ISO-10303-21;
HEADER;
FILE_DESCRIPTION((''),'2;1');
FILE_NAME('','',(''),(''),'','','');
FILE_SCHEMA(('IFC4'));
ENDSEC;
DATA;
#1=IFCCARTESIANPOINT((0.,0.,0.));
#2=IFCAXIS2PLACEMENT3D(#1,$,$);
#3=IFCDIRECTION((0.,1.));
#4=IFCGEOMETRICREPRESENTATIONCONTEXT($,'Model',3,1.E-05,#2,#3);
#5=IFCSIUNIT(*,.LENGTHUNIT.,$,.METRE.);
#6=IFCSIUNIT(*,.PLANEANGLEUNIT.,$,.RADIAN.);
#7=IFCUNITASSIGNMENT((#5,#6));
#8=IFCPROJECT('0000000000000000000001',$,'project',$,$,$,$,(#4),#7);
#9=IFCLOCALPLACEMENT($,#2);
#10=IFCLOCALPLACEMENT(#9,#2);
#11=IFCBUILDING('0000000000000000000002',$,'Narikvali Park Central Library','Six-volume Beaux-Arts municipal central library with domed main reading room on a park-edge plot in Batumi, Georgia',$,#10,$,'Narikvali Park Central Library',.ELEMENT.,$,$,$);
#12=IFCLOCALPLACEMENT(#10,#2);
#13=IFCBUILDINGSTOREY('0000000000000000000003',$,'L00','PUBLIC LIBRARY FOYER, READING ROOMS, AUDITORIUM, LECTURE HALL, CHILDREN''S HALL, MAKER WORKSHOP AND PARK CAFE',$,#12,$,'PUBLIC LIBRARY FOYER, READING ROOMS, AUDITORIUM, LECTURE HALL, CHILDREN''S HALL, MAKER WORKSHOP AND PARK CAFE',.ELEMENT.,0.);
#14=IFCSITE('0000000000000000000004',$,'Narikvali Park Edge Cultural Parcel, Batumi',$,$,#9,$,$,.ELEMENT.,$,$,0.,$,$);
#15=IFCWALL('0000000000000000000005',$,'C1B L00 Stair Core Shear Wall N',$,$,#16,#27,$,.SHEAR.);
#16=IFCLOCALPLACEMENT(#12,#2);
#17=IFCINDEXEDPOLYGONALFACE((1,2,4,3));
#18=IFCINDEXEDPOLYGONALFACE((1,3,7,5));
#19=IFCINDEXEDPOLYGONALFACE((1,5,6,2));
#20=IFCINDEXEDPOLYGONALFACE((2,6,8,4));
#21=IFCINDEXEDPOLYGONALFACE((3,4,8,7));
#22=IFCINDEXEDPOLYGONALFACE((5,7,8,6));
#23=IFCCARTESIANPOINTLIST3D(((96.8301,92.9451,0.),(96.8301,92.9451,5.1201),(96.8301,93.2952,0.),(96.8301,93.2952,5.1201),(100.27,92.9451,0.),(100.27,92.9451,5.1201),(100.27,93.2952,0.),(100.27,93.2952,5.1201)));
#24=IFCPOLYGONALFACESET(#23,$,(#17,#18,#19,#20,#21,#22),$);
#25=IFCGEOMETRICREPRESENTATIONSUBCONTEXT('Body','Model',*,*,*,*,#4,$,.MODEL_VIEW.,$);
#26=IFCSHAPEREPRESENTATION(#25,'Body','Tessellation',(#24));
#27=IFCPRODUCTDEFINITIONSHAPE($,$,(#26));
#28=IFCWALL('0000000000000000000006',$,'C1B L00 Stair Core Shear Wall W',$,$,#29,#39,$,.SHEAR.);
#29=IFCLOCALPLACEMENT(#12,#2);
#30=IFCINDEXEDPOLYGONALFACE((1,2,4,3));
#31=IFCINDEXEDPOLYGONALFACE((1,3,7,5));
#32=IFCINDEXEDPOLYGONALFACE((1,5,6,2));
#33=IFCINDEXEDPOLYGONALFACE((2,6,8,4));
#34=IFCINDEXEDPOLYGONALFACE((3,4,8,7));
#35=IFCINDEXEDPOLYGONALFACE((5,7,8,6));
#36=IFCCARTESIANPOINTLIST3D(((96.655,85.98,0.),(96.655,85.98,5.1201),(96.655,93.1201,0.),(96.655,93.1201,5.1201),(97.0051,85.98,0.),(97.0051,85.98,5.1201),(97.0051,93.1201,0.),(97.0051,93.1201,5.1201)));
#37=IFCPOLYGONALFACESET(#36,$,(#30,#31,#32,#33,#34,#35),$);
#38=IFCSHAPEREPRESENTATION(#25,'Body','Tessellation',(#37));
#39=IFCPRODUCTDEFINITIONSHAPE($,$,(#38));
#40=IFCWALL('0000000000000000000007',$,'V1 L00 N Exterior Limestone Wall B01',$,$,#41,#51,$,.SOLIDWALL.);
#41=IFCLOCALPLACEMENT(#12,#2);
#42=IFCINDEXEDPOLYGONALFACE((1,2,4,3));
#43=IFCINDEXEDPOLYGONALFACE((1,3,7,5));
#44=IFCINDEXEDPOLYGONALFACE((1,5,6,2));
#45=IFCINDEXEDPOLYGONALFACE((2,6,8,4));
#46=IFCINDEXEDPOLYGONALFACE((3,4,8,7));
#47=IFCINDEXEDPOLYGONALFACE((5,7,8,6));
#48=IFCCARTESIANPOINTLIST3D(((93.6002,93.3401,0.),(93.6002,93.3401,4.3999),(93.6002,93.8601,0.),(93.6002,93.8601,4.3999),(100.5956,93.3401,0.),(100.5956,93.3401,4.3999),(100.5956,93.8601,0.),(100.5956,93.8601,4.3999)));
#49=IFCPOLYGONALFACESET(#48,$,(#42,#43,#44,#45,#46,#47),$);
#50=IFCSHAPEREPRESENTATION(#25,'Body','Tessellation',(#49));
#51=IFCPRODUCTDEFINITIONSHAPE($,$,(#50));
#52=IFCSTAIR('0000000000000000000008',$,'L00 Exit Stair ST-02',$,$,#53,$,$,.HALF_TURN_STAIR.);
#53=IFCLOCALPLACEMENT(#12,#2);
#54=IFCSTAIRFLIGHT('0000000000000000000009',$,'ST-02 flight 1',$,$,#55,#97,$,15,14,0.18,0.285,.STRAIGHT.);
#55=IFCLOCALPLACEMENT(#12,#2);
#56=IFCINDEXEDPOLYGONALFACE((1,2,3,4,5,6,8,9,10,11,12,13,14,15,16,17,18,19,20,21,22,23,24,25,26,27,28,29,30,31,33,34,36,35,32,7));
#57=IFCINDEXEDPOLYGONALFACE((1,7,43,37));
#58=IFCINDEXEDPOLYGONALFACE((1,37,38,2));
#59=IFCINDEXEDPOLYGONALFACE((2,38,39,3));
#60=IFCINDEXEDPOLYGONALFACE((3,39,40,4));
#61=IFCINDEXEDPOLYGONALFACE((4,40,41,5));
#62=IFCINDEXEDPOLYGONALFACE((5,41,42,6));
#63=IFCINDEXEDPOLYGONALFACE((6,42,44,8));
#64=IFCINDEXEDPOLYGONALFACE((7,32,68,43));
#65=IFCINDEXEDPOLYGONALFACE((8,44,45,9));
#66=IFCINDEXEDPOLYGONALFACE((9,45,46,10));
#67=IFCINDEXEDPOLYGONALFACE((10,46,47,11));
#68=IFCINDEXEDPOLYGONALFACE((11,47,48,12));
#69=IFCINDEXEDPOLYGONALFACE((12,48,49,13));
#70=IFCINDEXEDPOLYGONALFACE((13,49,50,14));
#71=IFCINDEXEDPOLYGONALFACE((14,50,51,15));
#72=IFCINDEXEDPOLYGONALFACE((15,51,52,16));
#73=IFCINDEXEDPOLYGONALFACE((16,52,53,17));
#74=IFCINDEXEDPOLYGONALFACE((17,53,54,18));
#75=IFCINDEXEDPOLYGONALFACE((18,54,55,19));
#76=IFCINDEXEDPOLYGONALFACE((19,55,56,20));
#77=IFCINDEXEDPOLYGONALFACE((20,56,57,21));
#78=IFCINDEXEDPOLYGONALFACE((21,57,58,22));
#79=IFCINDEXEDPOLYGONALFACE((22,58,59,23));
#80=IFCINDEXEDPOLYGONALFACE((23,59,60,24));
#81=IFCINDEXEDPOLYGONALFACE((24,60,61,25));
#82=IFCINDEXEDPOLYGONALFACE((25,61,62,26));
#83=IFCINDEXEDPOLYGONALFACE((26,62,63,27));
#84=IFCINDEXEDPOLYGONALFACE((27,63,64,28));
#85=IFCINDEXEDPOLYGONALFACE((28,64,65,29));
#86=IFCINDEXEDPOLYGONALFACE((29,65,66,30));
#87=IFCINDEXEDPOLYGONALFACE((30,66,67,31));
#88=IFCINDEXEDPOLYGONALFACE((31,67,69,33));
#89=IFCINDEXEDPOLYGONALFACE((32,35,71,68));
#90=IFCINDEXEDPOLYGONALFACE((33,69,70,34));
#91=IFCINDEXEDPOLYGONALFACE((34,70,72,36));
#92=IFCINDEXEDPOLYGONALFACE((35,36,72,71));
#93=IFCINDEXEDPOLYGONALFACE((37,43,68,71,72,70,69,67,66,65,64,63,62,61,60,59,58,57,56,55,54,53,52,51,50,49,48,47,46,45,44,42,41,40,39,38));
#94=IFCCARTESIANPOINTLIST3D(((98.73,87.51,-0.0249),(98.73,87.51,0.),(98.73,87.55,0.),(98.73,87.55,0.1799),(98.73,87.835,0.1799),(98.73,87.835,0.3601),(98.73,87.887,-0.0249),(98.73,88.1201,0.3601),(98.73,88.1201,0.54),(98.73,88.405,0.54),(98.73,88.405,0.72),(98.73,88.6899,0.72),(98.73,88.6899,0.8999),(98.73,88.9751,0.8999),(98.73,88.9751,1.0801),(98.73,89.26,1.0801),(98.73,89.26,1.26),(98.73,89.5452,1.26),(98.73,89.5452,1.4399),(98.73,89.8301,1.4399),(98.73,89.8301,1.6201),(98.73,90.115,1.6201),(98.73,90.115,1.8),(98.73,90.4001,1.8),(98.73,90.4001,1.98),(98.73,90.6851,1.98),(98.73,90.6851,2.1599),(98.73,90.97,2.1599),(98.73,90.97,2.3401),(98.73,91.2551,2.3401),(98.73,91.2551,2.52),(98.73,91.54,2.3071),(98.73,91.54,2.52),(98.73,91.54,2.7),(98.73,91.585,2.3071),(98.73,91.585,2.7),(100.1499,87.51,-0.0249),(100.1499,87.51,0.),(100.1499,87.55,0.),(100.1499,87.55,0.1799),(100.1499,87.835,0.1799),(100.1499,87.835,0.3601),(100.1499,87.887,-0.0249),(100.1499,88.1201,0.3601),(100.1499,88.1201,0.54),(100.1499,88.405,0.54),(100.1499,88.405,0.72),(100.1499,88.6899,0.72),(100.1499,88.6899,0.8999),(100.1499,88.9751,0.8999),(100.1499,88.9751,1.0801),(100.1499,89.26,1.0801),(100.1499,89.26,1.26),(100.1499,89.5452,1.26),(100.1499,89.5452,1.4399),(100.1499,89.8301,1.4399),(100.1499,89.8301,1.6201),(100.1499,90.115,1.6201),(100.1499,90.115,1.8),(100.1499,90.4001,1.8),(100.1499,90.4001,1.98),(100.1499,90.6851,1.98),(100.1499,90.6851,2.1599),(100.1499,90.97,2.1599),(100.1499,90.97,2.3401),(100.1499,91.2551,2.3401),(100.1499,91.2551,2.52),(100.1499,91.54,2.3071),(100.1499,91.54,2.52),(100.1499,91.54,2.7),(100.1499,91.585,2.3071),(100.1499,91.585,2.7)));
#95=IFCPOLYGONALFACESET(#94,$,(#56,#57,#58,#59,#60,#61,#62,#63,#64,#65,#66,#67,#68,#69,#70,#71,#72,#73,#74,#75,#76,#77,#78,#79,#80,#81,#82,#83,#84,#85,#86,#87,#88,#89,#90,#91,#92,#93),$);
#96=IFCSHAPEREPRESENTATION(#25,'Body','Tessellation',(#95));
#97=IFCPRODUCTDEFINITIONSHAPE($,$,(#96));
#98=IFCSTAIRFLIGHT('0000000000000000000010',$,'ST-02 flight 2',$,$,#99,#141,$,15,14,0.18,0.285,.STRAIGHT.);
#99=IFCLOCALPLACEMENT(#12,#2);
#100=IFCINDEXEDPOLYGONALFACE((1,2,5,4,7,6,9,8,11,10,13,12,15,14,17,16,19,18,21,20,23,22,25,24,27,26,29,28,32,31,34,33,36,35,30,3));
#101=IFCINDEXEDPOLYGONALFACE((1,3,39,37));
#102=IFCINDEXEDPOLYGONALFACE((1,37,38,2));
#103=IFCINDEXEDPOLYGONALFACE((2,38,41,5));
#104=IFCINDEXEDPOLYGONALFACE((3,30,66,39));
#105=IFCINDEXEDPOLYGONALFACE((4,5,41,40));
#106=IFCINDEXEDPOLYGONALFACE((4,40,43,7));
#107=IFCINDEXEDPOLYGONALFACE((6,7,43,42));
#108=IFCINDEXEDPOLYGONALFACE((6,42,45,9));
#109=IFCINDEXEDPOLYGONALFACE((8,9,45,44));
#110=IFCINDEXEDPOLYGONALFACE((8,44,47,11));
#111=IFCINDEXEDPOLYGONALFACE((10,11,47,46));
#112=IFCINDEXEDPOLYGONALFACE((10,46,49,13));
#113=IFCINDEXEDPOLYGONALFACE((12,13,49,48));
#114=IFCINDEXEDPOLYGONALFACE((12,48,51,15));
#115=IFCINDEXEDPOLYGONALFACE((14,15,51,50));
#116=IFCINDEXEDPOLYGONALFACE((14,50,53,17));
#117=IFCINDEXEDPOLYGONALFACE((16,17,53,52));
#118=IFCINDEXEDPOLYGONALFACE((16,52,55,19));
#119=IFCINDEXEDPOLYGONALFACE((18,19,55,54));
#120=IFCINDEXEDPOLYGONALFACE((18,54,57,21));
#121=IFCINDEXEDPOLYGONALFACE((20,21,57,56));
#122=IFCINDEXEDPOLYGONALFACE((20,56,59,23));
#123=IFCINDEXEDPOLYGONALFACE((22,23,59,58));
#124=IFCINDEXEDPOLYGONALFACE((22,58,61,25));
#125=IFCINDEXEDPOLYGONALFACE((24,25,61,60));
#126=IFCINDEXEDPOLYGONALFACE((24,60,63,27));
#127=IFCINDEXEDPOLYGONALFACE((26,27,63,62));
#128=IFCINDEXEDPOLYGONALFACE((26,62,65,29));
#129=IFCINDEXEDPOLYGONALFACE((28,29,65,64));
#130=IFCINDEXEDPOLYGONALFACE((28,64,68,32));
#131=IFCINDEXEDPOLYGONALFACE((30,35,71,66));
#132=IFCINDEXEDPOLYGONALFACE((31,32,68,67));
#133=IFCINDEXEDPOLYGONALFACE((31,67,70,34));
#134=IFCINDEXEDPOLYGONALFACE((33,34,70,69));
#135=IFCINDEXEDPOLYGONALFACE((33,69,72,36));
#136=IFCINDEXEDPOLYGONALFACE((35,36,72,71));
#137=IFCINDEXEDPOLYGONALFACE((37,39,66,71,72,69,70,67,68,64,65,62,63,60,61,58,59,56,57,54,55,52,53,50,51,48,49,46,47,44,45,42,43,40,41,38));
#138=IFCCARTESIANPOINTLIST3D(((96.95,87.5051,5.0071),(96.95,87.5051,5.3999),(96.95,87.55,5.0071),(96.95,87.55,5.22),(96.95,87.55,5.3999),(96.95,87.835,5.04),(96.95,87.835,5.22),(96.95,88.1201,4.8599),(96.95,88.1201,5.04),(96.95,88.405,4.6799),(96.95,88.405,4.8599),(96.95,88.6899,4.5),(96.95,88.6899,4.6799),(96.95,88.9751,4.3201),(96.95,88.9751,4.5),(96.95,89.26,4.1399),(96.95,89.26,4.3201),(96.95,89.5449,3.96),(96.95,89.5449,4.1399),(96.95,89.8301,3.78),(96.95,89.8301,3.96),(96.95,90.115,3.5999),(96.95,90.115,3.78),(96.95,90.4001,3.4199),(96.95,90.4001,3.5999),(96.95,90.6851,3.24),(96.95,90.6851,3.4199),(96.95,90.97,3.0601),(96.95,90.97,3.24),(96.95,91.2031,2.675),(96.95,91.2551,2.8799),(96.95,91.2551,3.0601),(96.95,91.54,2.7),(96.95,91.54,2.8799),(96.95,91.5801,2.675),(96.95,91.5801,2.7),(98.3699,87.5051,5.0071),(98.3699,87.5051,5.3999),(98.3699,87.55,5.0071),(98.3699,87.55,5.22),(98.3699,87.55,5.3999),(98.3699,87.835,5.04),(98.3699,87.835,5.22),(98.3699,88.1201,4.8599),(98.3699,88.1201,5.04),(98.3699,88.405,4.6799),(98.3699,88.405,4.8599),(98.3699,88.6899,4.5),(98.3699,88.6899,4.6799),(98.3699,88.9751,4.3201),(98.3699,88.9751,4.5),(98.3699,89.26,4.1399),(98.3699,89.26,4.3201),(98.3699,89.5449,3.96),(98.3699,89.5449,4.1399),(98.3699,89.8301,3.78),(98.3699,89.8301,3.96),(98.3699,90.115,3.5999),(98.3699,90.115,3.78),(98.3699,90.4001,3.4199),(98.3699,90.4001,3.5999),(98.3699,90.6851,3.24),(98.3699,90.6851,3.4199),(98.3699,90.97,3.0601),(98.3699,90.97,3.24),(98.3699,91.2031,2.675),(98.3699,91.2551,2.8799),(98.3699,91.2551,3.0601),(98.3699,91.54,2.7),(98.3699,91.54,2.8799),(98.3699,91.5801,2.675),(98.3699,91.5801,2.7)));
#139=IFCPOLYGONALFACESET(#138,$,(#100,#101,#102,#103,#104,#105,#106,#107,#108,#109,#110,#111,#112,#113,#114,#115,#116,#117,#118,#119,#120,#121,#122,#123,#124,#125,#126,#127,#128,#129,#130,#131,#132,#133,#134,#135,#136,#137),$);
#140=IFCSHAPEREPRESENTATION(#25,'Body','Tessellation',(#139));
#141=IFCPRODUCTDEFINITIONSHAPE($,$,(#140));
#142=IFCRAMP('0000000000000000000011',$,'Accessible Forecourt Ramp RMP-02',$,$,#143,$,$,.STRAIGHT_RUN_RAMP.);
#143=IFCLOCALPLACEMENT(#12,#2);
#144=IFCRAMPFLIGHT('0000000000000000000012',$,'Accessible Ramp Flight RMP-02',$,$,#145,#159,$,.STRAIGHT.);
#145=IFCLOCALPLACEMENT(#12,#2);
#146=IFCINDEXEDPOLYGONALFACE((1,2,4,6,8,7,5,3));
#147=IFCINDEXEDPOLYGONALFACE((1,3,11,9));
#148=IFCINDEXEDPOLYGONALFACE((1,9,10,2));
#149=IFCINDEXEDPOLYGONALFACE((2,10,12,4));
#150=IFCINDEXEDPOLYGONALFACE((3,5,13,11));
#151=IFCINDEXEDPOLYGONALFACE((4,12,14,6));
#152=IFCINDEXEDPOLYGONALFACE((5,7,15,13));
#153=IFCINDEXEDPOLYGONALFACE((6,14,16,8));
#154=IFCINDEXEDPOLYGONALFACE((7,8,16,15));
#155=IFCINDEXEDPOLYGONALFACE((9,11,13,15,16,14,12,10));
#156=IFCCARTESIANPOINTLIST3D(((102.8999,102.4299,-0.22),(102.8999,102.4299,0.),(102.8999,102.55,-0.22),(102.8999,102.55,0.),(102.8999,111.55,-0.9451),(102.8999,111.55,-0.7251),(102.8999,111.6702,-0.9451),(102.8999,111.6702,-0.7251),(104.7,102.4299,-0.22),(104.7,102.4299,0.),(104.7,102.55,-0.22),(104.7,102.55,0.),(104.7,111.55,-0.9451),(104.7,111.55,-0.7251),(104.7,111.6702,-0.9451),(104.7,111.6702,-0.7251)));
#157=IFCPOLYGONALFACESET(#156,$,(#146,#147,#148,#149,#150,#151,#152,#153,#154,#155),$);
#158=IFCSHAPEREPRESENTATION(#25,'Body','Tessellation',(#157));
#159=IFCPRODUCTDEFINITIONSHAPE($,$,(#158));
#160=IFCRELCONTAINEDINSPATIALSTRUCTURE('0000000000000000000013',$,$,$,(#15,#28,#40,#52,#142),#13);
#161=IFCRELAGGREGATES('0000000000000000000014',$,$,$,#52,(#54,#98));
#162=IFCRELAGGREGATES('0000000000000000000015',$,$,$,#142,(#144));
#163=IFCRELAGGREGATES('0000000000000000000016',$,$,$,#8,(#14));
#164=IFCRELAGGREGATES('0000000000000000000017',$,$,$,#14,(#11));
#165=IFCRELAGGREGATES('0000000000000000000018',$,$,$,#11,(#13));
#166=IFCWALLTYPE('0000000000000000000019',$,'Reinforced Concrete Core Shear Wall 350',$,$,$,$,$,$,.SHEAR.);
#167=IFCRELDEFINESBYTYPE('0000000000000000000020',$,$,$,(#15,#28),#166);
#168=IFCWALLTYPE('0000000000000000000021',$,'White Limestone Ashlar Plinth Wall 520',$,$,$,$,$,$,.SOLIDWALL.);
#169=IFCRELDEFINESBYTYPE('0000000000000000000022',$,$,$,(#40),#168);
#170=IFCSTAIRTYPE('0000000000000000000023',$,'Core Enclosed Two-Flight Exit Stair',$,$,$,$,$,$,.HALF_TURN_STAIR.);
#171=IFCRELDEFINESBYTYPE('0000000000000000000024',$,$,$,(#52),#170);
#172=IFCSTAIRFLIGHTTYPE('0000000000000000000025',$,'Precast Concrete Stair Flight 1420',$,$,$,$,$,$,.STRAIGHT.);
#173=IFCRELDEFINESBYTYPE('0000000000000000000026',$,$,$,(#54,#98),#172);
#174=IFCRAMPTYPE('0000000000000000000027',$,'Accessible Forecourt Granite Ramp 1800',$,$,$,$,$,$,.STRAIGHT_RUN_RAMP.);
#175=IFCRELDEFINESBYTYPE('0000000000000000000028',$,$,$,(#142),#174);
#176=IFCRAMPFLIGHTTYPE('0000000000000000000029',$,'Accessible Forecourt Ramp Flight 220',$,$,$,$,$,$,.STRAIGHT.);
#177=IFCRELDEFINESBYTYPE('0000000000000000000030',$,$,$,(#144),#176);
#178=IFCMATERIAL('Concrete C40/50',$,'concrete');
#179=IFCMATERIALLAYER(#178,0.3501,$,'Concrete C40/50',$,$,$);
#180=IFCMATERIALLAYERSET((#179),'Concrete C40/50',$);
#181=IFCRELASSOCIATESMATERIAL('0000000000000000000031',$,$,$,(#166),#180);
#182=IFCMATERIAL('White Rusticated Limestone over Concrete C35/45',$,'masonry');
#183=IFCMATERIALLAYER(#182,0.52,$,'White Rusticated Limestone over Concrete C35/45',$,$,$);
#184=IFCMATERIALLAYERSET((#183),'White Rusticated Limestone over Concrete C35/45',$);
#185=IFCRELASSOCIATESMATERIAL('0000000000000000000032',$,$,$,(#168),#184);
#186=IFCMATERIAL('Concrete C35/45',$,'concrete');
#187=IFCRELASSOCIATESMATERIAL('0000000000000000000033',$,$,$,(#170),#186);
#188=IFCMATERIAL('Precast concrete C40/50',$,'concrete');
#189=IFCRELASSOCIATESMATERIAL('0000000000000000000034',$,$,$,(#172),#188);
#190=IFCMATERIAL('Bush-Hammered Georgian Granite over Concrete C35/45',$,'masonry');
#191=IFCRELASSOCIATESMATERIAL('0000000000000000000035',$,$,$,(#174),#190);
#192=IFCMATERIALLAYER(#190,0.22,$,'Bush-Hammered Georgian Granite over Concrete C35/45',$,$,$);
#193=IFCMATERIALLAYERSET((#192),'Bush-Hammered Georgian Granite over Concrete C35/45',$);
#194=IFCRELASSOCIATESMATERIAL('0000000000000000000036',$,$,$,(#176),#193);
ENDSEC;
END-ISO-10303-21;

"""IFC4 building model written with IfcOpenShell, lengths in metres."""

from ifc_helpers import new_model, si_unit, direction, frame, frame_2d, origin, place, context, subcontext, project, spatial, polyline, rectangle, outline, extrude, material, layer, layer_set, type_object, element, aggregate, save


model = new_model("IFC4")

# Units and contexts
model_context = context("Model", 3, precision=1e-05, world=origin(), true_north=direction((0.0, 1.0)))
body_context = subcontext(model_context, "Body", "Model", "MODEL_VIEW")
ifc_project = project(units=[si_unit("LENGTHUNIT", "METRE"), si_unit("PLANEANGLEUNIT", "RADIAN")], contexts=[model_context])

# Site, building, storey
site_placement = place(None, origin())
site = spatial("IfcSite", under=ifc_project, at=site_placement, Name="Narikvali Park Edge Cultural Parcel, Batumi", CompositionType="ELEMENT", RefElevation=0.0)
building_placement = place(site_placement, origin())
building = spatial("IfcBuilding", under=site, at=building_placement, Name="Narikvali Park Central Library", Description="Six-volume Beaux-Arts municipal central library with domed main reading room on a park-edge plot in Batumi, Georgia", LongName="Narikvali Park Central Library", CompositionType="ELEMENT")
storey_placement = place(building_placement, origin())
storey = spatial("IfcBuildingStorey", under=building, at=storey_placement, Name="L00", Description="PUBLIC LIBRARY FOYER, READING ROOMS, AUDITORIUM, LECTURE HALL, CHILDREN'S HALL, MAKER WORKSHOP AND PARK CAFE", LongName="PUBLIC LIBRARY FOYER, READING ROOMS, AUDITORIUM, LECTURE HALL, CHILDREN'S HALL, MAKER WORKSHOP AND PARK CAFE", CompositionType="ELEMENT", Elevation=0.0)

# Walls
ifc_material_1 = material(Name="Concrete C40/50", Category="concrete")
ifc_layer_1 = layer(ifc_material_1, 0.3501, Name="Concrete C40/50")
ifc_layer_set_1 = layer_set([ifc_layer_1], Name="Concrete C40/50")
wall_type_1 = type_object("IfcWallType", Name="Reinforced Concrete Core Shear Wall 350", PredefinedType="SHEAR", material=ifc_layer_set_1)
wall_1_placement = place(storey_placement, frame((100.27, 93.1201, 0.0), z_axis=(0.0, 0.0, 1.0), x_axis=(-1.0, 0.0, 0.0)))
element("IfcWall", 1, at=wall_1_placement, inside=storey, type_object=wall_type_1, Name="C1B L00 Stair Core Shear Wall N", PredefinedType="SHEAR", context=body_context, shape_type="SweptSolid", body=[
    extrude(rectangle(XDim=3.4399, YDim=0.3501, at=frame_2d((1.72, 0.0))), origin(), (0.0, 0.0, 1.0), 5.1201),
])
wall_2_placement = place(storey_placement, frame((96.8301, 93.1201, 0.0), z_axis=(0.0, 0.0, 1.0), x_axis=(0.0, -1.0, 0.0)))
element("IfcWall", 2, at=wall_2_placement, inside=storey, type_object=wall_type_1, Name="C1B L00 Stair Core Shear Wall W", PredefinedType="SHEAR", context=body_context, shape_type="SweptSolid", body=[
    extrude(rectangle(XDim=7.1401, YDim=0.3501, at=frame_2d((3.5701, 0.0))), origin(), (0.0, 0.0, 1.0), 5.1201),
])
ifc_material_2 = material(Name="White Rusticated Limestone over Concrete C35/45", Category="masonry")
ifc_layer_2 = layer(ifc_material_2, 0.52, Name="White Rusticated Limestone over Concrete C35/45")
ifc_layer_set_2 = layer_set([ifc_layer_2], Name="White Rusticated Limestone over Concrete C35/45")
wall_type_2 = type_object("IfcWallType", Name="White Limestone Ashlar Plinth Wall 520", PredefinedType="SOLIDWALL", material=ifc_layer_set_2)
wall_3_placement = place(storey_placement, frame((100.5955, 93.6001, 0.0), z_axis=(0.0, 0.0, 1.0), x_axis=(-1.0, 0.0, 0.0)))
element("IfcWall", 3, at=wall_3_placement, inside=storey, type_object=wall_type_2, Name="V1 L00 N Exterior Limestone Wall B01", PredefinedType="SOLIDWALL", context=body_context, shape_type="SweptSolid", body=[
    extrude(rectangle(XDim=6.9954, YDim=0.52, at=frame_2d((3.4976, 0.0))), origin(), (0.0, 0.0, 1.0), 4.3999),
])

# Stair, stair flights
ifc_material_3 = material(Name="Concrete C35/45", Category="concrete")
stair_type = type_object("IfcStairType", Name="Core Enclosed Two-Flight Exit Stair", PredefinedType="HALF_TURN_STAIR", material=ifc_material_3)
stair_placement = place(storey_placement, origin())
stair = element("IfcStair", 4, at=stair_placement, inside=storey, type_object=stair_type, Name="L00 Exit Stair ST-02", PredefinedType="HALF_TURN_STAIR")
ifc_material_4 = material(Name="Precast concrete C40/50", Category="concrete")
stair_flight_type = type_object("IfcStairFlightType", Name="Precast Concrete Stair Flight 1420", PredefinedType="STRAIGHT", material=ifc_material_4)
stair_flight_1_placement = place(storey_placement, frame((99.4399, 87.55, 0.0), z_axis=(0.0, 0.0, 1.0), x_axis=(0.0, 1.0, 0.0)))
stair_flight_1 = element("IfcStairFlight", 5, at=stair_flight_1_placement, type_object=stair_flight_type, Name="ST-02 flight 1", NumberOfRisers=15, NumberOfTreads=14, PredefinedType="STRAIGHT", RiserHeight=0.18, TreadLength=0.285, context=body_context, shape_type="SweptSolid", body=[
    extrude(outline(polyline([(-0.04, -0.0249), (-0.04, 0.0), (0.0, 0.0), (0.0, 0.1799), (0.2849, 0.1799), (0.2849, 0.3601), (0.5701, 0.3601), (0.5701, 0.54), (0.855, 0.54), (0.855, 0.72), (1.1399, 0.72), (1.1399, 0.8999), (1.425, 0.8999), (1.425, 1.0801), (1.71, 1.0801), (1.71, 1.26), (1.9951, 1.26), (1.9951, 1.4399), (2.28, 1.4399), (2.28, 1.6201), (2.5649, 1.6201), (2.5649, 1.8), (2.8501, 1.8), (2.8501, 1.98), (3.135, 1.98), (3.135, 2.1599), (3.4199, 2.1599), (3.4199, 2.3401), (3.7051, 2.3401), (3.7051, 2.52), (3.99, 2.52), (3.99, 2.7), (4.0349, 2.7), (4.0349, 2.3071), (3.99, 2.3071), (0.3369, -0.0249), (-0.04, -0.0249)])), frame((0.0, 0.71, 0.0), z_axis=(0.0, -1.0, 0.0), x_axis=(1.0, 0.0, 0.0)), (0.0, 0.0, 1.0), 1.4199),
])
stair_flight_2_placement = place(storey_placement, frame((97.6599, 91.54, 2.7), z_axis=(0.0, 0.0, 1.0), x_axis=(0.0, -1.0, 0.0)))
stair_flight_2 = element("IfcStairFlight", 6, at=stair_flight_2_placement, type_object=stair_flight_type, Name="ST-02 flight 2", NumberOfRisers=15, NumberOfTreads=14, PredefinedType="STRAIGHT", RiserHeight=0.18, TreadLength=0.285, context=body_context, shape_type="SweptSolid", body=[
    extrude(outline(polyline([(-0.04, -0.0249), (-0.04, 0.0), (0.0, 0.0), (0.0, 0.1799), (0.2849, 0.1799), (0.2849, 0.3601), (0.5701, 0.3601), (0.5701, 0.54), (0.855, 0.54), (0.855, 0.72), (1.1399, 0.72), (1.1399, 0.8999), (1.425, 0.8999), (1.425, 1.0801), (1.71, 1.0801), (1.71, 1.26), (1.9951, 1.26), (1.9951, 1.4399), (2.28, 1.4399), (2.28, 1.6201), (2.5649, 1.6201), (2.5649, 1.8), (2.8501, 1.8), (2.8501, 1.98), (3.135, 1.98), (3.135, 2.1599), (3.4199, 2.1599), (3.4199, 2.3401), (3.7051, 2.3401), (3.7051, 2.52), (3.99, 2.52), (3.99, 2.7), (4.0349, 2.7), (4.0349, 2.3071), (3.99, 2.3071), (0.3369, -0.0249), (-0.04, -0.0249)])), frame((0.0, 0.71, 0.0), z_axis=(0.0, -1.0, 0.0), x_axis=(1.0, 0.0, 0.0)), (0.0, 0.0, 1.0), 1.4199),
])
aggregate(stair, [stair_flight_1, stair_flight_2])

# Ramp, ramp flight
ifc_material_5 = material(Name="Bush-Hammered Georgian Granite over Concrete C35/45", Category="masonry")
ramp_type = type_object("IfcRampType", Name="Accessible Forecourt Granite Ramp 1800", PredefinedType="STRAIGHT_RUN_RAMP", material=ifc_material_5)
ramp_placement = place(storey_placement, origin())
ramp = element("IfcRamp", 7, at=ramp_placement, inside=storey, type_object=ramp_type, Name="Accessible Forecourt Ramp RMP-02", PredefinedType="STRAIGHT_RUN_RAMP")
ifc_layer_3 = layer(ifc_material_5, 0.22, Name="Bush-Hammered Georgian Granite over Concrete C35/45")
ifc_layer_set_3 = layer_set([ifc_layer_3], Name="Bush-Hammered Georgian Granite over Concrete C35/45")
ramp_flight_type = type_object("IfcRampFlightType", Name="Accessible Forecourt Ramp Flight 220", PredefinedType="STRAIGHT", material=ifc_layer_set_3)
ramp_flight_placement = place(storey_placement, frame((103.8, 111.55, -0.7251), z_axis=(0.0, 0.0, 1.0), x_axis=(0.0, -1.0, 0.0)))
ramp_flight = element("IfcRampFlight", 8, at=ramp_flight_placement, type_object=ramp_flight_type, Name="Accessible Ramp Flight RMP-02", PredefinedType="STRAIGHT", context=body_context, shape_type="SweptSolid", body=[
    extrude(outline(polyline([(-0.1201, -0.22), (-0.1201, 0.0), (0.0, 0.0), (9.0, 0.7251), (9.1201, 0.7251), (9.1201, 0.5051), (9.0, 0.5051), (0.0, -0.22), (-0.1201, -0.22)])), frame((0.0, 0.8999, 0.0), z_axis=(0.0, -1.0, 0.0), x_axis=(1.0, 0.0, 0.0)), (0.0, 0.0, 1.0), 1.8),
])
aggregate(ramp, [ramp_flight])

save(model, "model.ifc")
